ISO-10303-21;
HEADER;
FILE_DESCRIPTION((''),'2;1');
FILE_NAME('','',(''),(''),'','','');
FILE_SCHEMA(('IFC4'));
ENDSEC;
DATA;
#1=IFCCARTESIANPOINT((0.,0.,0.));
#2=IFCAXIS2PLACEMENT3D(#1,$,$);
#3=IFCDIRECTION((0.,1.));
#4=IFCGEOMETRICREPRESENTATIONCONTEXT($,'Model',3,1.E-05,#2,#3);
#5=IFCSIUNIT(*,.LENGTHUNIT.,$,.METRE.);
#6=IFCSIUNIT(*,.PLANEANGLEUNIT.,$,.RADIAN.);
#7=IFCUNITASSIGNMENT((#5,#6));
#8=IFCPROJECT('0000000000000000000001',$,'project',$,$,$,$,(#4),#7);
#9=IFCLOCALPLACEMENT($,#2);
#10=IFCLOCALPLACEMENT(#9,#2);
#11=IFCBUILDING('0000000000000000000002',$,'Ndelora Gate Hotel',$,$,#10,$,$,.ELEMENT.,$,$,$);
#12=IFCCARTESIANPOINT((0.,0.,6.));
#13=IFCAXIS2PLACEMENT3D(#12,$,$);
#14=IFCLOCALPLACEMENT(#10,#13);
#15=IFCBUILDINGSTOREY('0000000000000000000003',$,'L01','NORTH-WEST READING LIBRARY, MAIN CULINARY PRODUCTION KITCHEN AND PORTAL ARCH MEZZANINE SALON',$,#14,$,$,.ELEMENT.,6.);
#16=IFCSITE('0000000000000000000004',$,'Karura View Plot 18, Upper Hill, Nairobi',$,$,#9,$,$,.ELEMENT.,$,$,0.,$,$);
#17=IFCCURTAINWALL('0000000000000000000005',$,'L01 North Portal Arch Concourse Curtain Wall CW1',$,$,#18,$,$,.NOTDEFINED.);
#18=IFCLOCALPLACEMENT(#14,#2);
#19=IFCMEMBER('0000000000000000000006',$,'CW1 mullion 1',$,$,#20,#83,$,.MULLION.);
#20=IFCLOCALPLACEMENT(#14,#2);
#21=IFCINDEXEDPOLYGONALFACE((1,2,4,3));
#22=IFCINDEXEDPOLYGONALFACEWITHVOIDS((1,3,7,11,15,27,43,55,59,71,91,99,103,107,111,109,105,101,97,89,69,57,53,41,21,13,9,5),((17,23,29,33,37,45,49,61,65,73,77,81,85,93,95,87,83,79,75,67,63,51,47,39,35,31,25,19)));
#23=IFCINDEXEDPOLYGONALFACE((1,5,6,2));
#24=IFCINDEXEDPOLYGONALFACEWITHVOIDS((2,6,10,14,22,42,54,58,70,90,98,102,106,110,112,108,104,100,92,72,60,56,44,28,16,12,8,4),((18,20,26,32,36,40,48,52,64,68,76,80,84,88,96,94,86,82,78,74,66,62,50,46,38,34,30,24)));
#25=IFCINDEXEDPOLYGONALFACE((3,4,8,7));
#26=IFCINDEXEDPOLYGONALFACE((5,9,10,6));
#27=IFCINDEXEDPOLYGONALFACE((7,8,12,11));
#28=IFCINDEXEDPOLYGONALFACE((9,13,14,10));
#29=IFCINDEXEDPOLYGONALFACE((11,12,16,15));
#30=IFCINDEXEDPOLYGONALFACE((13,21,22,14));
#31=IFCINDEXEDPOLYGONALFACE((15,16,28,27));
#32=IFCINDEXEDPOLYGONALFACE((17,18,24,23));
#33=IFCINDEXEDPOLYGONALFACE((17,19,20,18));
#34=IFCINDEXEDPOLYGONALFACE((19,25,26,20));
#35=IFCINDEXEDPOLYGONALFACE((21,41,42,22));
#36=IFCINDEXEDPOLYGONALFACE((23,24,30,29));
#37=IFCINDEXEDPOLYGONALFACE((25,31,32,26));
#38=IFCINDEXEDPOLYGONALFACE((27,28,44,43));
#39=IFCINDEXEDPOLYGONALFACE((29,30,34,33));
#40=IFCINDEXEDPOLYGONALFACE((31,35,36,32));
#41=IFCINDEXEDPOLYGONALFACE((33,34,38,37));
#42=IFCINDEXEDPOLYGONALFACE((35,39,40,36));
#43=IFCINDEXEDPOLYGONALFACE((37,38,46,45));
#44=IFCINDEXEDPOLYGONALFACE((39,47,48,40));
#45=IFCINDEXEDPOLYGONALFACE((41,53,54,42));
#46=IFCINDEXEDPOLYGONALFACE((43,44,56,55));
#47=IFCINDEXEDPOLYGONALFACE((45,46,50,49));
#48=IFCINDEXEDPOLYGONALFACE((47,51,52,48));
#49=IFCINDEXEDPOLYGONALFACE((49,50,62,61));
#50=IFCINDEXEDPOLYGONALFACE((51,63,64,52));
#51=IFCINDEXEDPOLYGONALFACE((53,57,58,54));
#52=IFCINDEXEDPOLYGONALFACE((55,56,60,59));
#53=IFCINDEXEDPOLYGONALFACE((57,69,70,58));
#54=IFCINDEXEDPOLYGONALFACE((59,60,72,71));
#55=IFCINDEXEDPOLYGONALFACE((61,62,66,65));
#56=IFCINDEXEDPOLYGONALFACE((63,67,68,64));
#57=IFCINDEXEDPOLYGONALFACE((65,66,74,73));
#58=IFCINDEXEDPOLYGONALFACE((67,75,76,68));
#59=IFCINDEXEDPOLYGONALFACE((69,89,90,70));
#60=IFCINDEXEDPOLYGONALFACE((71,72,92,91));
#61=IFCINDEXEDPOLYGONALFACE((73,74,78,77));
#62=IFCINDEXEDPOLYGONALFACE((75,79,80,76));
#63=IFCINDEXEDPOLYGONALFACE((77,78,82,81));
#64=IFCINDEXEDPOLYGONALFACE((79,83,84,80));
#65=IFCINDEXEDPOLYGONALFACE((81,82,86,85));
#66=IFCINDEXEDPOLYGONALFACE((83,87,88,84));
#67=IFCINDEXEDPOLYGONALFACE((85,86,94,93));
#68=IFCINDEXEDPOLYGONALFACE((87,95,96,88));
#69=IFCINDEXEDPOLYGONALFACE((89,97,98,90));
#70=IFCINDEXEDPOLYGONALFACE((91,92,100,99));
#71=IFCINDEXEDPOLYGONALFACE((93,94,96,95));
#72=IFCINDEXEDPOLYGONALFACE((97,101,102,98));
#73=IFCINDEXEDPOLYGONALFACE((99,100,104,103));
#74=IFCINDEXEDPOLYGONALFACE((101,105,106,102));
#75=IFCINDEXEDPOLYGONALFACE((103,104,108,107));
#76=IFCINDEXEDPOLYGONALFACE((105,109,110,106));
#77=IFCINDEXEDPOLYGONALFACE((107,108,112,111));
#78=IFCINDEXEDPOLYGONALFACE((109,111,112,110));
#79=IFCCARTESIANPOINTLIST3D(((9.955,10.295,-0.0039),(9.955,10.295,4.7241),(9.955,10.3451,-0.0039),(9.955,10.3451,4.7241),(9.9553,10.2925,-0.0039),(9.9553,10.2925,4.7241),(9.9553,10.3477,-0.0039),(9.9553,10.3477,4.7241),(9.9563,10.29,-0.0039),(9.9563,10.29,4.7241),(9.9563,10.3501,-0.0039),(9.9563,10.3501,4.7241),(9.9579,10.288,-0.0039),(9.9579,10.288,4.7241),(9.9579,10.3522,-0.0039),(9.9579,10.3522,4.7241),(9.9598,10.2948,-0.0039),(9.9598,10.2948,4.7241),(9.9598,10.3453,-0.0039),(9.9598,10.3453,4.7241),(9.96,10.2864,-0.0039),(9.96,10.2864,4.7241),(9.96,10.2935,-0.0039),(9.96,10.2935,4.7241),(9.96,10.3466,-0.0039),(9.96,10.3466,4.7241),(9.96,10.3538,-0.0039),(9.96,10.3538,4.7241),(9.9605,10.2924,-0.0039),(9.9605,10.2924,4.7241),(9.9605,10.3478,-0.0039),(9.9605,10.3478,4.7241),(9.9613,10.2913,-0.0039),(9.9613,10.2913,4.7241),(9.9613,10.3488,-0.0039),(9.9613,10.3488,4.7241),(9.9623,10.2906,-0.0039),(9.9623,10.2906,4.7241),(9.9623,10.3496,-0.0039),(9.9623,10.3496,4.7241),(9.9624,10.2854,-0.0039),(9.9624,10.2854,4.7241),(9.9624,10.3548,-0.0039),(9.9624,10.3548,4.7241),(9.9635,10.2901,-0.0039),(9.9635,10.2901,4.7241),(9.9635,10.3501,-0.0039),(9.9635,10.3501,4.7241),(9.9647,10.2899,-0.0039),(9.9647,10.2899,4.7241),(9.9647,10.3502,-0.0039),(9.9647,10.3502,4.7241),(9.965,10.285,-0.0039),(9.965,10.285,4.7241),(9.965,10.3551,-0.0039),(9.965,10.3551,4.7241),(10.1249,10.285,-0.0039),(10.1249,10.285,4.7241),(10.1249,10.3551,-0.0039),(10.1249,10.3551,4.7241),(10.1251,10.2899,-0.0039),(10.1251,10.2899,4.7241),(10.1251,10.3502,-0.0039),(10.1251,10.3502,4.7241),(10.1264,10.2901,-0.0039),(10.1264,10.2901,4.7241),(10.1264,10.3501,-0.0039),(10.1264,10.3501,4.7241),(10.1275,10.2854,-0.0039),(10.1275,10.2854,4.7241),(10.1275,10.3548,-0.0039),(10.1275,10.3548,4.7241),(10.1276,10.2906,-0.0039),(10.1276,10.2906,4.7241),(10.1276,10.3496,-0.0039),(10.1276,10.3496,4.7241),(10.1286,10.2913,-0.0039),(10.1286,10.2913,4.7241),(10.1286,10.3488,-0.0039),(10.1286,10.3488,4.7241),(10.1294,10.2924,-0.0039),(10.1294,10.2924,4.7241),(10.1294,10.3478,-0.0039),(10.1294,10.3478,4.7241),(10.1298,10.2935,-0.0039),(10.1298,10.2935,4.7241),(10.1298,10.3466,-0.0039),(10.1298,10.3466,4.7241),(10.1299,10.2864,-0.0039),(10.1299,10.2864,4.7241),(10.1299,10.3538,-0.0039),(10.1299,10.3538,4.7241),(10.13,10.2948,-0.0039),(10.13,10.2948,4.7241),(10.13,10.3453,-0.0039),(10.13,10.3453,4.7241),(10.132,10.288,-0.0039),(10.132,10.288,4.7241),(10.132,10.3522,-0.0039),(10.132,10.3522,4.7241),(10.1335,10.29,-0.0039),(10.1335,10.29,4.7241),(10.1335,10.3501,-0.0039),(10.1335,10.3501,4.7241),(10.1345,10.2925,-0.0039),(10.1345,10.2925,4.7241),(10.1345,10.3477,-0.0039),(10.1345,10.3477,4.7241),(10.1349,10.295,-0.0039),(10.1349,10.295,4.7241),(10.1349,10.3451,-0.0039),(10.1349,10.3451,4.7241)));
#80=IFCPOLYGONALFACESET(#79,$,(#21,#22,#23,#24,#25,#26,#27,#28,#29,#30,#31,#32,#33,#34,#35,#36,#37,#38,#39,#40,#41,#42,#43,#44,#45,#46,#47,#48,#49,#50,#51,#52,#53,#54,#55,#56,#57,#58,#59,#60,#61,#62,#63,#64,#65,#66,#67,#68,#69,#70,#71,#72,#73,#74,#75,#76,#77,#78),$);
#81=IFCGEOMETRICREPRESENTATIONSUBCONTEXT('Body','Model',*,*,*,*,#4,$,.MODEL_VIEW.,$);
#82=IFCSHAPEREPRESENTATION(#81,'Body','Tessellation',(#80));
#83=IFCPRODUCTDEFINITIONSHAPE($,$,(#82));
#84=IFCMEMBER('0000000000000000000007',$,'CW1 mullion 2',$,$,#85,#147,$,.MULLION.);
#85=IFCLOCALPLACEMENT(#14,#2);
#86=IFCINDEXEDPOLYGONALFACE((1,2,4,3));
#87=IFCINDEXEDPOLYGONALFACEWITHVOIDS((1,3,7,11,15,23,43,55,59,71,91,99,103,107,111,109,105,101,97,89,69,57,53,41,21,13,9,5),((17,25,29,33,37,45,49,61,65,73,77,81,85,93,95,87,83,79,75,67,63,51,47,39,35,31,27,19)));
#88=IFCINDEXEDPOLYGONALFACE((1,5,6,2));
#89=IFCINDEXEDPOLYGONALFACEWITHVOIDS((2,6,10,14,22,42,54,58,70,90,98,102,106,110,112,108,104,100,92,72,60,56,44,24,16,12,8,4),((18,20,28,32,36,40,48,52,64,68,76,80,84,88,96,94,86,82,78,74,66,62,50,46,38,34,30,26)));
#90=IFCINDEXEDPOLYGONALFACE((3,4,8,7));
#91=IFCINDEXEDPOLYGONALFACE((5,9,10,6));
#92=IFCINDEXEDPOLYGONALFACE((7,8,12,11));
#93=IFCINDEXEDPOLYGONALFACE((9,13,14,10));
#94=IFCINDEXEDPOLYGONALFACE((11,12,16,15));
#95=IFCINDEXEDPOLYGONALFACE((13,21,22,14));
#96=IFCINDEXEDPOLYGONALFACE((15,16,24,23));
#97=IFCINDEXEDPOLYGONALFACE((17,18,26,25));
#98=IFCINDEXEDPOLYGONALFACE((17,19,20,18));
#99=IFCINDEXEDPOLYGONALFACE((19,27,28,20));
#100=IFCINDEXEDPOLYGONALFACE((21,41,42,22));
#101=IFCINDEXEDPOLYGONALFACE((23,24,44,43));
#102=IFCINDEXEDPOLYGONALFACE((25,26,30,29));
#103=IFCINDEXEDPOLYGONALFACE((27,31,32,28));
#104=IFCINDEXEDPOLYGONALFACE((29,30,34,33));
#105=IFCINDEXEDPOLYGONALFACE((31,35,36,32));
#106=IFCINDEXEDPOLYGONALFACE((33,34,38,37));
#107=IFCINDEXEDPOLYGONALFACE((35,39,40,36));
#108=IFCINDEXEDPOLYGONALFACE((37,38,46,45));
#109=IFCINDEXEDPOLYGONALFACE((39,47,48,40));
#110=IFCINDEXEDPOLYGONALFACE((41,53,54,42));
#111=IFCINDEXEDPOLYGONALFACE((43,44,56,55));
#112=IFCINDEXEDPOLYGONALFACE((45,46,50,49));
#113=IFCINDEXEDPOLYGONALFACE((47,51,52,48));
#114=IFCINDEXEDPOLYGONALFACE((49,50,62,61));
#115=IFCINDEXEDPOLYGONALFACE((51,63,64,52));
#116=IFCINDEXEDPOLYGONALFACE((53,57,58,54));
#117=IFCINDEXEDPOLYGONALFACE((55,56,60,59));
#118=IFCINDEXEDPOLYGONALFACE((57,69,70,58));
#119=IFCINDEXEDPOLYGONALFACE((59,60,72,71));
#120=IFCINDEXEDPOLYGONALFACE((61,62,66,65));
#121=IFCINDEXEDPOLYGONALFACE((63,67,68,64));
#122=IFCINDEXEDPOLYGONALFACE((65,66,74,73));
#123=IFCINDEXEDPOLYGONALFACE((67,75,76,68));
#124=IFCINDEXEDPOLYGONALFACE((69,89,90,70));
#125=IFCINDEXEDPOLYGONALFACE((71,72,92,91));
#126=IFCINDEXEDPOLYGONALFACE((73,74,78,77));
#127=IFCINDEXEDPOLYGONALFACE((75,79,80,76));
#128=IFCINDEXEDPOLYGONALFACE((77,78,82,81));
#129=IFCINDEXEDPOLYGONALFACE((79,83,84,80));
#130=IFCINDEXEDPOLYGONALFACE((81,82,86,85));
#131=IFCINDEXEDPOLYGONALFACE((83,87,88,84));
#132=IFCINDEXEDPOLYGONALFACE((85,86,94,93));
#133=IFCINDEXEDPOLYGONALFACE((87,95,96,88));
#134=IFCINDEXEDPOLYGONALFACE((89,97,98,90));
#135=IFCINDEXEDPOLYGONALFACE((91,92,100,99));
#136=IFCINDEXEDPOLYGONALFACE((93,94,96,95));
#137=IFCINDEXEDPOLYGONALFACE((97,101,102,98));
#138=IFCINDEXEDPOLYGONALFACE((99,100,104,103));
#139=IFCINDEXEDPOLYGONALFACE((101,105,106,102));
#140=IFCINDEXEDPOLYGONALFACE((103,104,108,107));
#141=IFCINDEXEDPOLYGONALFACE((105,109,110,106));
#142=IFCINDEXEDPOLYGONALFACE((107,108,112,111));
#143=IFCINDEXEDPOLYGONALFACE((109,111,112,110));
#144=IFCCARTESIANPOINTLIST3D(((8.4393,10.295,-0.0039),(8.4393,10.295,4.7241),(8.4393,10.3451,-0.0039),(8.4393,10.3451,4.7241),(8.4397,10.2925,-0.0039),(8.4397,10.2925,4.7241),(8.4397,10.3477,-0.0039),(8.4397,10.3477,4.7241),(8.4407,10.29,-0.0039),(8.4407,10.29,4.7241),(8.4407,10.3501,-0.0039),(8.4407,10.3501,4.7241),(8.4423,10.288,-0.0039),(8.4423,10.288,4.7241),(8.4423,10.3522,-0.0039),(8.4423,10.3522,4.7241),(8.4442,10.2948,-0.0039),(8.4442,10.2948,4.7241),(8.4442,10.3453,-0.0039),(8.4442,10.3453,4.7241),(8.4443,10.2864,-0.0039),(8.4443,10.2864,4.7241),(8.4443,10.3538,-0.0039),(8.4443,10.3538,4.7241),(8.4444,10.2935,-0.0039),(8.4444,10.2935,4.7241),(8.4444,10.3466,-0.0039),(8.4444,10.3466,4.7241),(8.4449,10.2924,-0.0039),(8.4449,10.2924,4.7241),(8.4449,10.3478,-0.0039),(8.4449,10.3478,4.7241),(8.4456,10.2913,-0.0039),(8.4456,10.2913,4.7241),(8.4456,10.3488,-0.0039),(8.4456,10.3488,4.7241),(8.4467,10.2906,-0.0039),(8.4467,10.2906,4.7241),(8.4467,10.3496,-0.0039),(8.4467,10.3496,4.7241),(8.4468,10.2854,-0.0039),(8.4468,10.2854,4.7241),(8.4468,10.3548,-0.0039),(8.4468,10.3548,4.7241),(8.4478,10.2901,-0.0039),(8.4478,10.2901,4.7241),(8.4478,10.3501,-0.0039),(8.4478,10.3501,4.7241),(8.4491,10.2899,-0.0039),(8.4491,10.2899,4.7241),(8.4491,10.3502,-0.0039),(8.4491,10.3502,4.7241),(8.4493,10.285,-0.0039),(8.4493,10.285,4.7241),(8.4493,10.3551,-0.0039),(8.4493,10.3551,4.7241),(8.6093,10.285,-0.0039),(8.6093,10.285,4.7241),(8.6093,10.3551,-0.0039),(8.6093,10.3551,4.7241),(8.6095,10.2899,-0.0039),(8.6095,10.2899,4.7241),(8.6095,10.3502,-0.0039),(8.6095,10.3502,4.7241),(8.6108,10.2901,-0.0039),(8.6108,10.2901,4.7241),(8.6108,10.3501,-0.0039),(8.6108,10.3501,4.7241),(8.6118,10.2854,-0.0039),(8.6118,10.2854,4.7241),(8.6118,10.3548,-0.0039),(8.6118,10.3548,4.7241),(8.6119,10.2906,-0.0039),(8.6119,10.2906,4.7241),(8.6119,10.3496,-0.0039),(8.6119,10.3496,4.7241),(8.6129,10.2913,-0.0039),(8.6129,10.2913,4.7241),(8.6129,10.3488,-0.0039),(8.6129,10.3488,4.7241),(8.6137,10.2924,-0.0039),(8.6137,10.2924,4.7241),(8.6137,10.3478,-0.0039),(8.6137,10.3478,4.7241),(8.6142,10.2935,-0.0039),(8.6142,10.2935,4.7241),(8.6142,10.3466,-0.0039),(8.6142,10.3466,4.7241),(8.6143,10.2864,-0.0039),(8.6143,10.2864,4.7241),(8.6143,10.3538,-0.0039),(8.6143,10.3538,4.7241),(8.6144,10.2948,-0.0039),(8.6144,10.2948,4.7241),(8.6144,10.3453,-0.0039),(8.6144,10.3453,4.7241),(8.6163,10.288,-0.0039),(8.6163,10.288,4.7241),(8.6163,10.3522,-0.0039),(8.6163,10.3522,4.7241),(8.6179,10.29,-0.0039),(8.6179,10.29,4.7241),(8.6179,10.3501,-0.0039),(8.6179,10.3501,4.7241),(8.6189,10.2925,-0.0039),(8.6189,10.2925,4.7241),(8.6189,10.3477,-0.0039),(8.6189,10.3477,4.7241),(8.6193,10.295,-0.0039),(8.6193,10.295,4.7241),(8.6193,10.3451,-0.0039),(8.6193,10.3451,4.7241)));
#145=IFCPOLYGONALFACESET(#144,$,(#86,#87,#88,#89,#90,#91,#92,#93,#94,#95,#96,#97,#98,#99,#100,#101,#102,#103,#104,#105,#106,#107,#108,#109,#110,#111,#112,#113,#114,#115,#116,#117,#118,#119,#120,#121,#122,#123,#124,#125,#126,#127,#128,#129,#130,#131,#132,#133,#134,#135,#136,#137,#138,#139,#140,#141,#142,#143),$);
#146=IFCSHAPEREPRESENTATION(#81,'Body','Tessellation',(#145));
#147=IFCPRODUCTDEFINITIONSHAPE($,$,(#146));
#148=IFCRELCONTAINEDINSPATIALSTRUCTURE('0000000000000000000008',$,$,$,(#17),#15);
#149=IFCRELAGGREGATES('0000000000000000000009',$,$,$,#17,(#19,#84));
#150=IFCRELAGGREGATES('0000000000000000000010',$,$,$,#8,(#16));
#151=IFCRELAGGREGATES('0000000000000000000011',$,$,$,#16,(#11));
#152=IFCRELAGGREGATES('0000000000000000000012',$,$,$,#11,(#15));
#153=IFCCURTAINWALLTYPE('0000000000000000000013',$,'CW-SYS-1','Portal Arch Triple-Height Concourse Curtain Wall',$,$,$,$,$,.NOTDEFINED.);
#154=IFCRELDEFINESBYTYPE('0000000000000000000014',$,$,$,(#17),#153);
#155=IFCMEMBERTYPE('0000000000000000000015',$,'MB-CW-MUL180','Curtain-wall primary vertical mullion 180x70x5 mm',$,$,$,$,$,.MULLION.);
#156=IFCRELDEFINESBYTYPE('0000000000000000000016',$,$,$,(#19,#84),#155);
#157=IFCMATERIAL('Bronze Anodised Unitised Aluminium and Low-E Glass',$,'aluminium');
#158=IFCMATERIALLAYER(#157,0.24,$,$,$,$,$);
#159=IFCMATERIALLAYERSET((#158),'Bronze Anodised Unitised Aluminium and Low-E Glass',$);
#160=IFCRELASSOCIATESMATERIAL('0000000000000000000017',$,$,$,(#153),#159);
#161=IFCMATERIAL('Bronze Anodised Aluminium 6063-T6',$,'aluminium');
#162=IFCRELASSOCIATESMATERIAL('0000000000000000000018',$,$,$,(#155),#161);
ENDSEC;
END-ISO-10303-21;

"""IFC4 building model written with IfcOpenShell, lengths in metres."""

from ifc_helpers import new_model, si_unit, direction, frame, origin, origin_2d, place, context, subcontext, project, spatial, hollow_rectangle, extrude, material, layer, layer_set, material_profile, profile_set, type_object, element, aggregate, save


model = new_model("IFC4")

# Units and contexts
model_context = context("Model", 3, precision=1e-05, world=origin(), true_north=direction((0.0, 1.0)))
body_context = subcontext(model_context, "Body", "Model", "MODEL_VIEW")
ifc_project = project(units=[si_unit("LENGTHUNIT", "METRE"), si_unit("PLANEANGLEUNIT", "RADIAN")], contexts=[model_context])

# Site, building, storey
site_placement = place(None, origin())
site = spatial("IfcSite", under=ifc_project, at=site_placement, Name="Karura View Plot 18, Upper Hill, Nairobi", CompositionType="ELEMENT", RefElevation=0.0)
building_placement = place(site_placement, origin())
building = spatial("IfcBuilding", under=site, at=building_placement, Name="Ndelora Gate Hotel", CompositionType="ELEMENT")
storey_placement = place(building_placement, frame((0.0, 0.0, 6.0)))
storey = spatial("IfcBuildingStorey", under=building, at=storey_placement, Name="L01", Description="NORTH-WEST READING LIBRARY, MAIN CULINARY PRODUCTION KITCHEN AND PORTAL ARCH MEZZANINE SALON", CompositionType="ELEMENT", Elevation=6.0)

# Curtain wall, members
ifc_material_1 = material(Name="Bronze Anodised Unitised Aluminium and Low-E Glass", Category="aluminium")
ifc_layer_1 = layer(ifc_material_1, 0.24)
ifc_layer_set_1 = layer_set([ifc_layer_1], Name="Bronze Anodised Unitised Aluminium and Low-E Glass")
curtain_wall_type = type_object("IfcCurtainWallType", Name="CW-SYS-1", Description="Portal Arch Triple-Height Concourse Curtain Wall", PredefinedType="NOTDEFINED", material=ifc_layer_set_1)
curtain_wall_placement = place(storey_placement, origin())
curtain_wall = element("IfcCurtainWall", 1, at=curtain_wall_placement, inside=storey, type_object=curtain_wall_type, Name="L01 North Portal Arch Concourse Curtain Wall CW1", PredefinedType="NOTDEFINED")
ifc_material_2 = material(Name="Bronze Anodised Aluminium 6063-T6", Category="aluminium")
ifc_material_profile_1 = material_profile(ifc_material_2, hollow_rectangle(XDim=0.0701, YDim=0.1799, WallThickness=0.0049, InnerFilletRadius=0.0049, OuterFilletRadius=0.01, at=origin_2d()), Name="ALU 180x70x5")
ifc_profile_set_1 = profile_set([ifc_material_profile_1], Name="Bronze Anodised Aluminium 6063-T6")
member_type_1 = type_object("IfcMemberType", Name="MB-CW-MUL180", Description="Curtain-wall primary vertical mullion 180x70x5 mm", PredefinedType="MULLION", material=ifc_profile_set_1)
member_1_placement = place(storey_placement, frame((10.0449, 10.3201, -0.0039), z_axis=(0.0, 0.0, 1.0), x_axis=(0.0, -1.0, 0.0)))
member_1 = element("IfcMember", 2, at=member_1_placement, type_object=member_type_1, Name="CW1 mullion 1", PredefinedType="MULLION", context=body_context, shape_type="SweptSolid", body=[
    extrude(hollow_rectangle(XDim=0.0701, YDim=0.1799, WallThickness=0.0049, InnerFilletRadius=0.0049, OuterFilletRadius=0.01, at=origin_2d()), origin(), (0.0, 0.0, 1.0), 4.728),
])
member_2_placement = place(storey_placement, frame((8.5293, 10.3201, -0.0039), z_axis=(0.0, 0.0, 1.0), x_axis=(0.0, -1.0, 0.0)))
member_2 = element("IfcMember", 3, at=member_2_placement, type_object=member_type_1, Name="CW1 mullion 2", PredefinedType="MULLION", context=body_context, shape_type="SweptSolid", body=[
    extrude(hollow_rectangle(XDim=0.0701, YDim=0.1799, WallThickness=0.0049, InnerFilletRadius=0.0049, OuterFilletRadius=0.01, at=origin_2d()), origin(), (0.0, 0.0, 1.0), 4.728),
])
aggregate(curtain_wall, [member_1, member_2])

save(model, "model.ifc")
